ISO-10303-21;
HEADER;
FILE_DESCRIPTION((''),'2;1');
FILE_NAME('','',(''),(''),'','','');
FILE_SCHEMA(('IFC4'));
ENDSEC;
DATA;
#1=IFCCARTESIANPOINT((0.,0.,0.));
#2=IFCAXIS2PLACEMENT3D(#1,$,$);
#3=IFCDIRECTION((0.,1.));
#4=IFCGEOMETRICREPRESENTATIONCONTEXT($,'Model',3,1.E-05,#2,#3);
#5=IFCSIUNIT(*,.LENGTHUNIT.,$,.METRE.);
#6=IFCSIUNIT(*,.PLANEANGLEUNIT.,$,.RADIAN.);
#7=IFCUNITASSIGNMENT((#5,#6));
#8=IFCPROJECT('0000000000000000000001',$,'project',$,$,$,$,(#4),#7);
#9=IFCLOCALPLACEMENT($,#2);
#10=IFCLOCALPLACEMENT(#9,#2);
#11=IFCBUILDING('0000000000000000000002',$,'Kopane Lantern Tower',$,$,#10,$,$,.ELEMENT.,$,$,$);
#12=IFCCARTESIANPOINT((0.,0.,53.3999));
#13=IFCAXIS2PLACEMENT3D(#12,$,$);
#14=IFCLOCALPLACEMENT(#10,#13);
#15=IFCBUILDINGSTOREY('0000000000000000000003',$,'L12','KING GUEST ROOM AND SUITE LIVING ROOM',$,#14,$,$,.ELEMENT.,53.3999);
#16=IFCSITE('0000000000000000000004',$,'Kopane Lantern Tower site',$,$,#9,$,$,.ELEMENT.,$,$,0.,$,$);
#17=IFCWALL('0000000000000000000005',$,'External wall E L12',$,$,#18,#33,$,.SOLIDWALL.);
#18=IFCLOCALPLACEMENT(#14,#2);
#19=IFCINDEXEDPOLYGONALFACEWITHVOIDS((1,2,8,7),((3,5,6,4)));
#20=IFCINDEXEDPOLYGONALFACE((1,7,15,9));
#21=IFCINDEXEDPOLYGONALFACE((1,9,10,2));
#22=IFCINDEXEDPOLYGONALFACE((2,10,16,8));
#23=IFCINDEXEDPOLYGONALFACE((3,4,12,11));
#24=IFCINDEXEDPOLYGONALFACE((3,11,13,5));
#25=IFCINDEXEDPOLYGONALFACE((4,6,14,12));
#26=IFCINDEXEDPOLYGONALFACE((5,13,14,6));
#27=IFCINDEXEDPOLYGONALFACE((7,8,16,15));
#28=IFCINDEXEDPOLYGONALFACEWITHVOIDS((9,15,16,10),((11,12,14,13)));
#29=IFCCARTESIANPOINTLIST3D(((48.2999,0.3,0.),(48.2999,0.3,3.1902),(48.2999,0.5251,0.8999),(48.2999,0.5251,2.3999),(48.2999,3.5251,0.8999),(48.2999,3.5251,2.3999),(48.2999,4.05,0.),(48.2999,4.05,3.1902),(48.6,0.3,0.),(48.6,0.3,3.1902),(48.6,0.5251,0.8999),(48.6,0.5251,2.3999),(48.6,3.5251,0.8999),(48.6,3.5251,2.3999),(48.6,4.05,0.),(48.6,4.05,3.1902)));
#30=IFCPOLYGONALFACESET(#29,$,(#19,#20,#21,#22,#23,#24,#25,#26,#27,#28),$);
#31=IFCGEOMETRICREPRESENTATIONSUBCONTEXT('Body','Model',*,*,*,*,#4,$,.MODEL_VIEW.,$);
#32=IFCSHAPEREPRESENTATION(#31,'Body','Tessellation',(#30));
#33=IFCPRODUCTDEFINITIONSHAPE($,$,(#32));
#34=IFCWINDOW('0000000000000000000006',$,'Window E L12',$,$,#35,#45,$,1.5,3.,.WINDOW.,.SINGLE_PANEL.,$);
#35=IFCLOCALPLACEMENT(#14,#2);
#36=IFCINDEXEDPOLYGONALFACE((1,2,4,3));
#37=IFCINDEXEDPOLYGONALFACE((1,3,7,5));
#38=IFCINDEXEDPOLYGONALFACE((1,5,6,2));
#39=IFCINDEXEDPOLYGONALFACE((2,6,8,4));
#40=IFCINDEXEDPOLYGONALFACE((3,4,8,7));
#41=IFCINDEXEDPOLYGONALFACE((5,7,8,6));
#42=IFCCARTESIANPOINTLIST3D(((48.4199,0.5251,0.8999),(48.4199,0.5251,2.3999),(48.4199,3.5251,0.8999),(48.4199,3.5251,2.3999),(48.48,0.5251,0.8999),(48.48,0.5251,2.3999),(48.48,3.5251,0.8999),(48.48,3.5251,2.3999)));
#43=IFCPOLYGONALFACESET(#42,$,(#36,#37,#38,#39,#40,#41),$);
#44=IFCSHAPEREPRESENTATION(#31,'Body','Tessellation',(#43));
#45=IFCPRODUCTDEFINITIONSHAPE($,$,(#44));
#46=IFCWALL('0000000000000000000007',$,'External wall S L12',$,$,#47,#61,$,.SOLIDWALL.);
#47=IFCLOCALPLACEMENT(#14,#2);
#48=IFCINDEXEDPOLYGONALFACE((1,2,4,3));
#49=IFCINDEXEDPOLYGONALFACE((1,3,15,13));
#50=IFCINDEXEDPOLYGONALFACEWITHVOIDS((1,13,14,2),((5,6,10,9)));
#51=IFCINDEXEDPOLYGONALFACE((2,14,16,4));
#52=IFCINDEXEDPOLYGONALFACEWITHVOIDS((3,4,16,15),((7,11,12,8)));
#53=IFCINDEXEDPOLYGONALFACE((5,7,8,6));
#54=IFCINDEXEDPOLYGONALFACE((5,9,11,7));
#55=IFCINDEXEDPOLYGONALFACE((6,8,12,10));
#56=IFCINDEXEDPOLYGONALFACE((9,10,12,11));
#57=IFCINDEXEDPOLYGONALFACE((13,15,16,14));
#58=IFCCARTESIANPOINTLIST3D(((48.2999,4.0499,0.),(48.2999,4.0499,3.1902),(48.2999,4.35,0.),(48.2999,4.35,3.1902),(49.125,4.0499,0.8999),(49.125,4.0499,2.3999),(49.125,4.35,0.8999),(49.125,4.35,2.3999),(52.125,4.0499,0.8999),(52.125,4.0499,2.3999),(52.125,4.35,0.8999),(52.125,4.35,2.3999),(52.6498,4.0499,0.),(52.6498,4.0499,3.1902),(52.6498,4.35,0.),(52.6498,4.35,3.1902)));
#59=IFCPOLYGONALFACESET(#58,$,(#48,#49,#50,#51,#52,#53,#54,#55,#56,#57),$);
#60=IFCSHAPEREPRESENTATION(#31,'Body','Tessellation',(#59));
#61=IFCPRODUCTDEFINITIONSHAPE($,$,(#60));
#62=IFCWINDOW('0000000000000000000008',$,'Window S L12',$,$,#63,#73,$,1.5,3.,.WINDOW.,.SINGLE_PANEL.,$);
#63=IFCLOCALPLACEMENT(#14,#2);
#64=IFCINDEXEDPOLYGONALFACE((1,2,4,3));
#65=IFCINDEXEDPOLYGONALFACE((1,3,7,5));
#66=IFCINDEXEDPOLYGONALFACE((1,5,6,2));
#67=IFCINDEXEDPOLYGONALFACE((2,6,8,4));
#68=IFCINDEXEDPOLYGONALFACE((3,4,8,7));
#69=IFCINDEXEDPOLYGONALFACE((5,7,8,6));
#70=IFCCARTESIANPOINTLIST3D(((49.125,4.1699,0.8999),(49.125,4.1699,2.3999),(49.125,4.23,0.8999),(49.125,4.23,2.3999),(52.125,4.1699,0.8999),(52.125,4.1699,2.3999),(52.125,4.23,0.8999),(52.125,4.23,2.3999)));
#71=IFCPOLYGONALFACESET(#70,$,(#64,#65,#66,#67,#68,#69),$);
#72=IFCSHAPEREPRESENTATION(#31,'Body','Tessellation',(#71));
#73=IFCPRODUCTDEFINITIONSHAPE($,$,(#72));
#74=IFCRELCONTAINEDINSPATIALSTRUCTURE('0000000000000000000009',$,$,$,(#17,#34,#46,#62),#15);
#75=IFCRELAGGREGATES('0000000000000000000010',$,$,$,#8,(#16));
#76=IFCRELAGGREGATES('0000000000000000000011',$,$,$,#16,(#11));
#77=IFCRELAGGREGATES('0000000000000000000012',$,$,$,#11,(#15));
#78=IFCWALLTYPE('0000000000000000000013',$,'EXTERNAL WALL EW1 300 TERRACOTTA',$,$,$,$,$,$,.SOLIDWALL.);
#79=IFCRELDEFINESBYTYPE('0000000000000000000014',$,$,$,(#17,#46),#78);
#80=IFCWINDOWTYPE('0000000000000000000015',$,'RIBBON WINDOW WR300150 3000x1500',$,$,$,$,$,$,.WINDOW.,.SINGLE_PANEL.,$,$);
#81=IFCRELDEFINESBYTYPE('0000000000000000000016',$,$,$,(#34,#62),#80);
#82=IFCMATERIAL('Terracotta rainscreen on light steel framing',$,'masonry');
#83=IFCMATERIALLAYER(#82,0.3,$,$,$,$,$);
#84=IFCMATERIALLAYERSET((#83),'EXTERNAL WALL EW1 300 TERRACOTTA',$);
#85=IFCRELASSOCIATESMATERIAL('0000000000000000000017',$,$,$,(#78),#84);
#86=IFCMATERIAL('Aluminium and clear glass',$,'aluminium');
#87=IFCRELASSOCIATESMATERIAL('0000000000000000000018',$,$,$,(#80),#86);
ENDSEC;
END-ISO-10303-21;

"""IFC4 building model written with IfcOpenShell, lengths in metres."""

from ifc_helpers import new_model, si_unit, direction, frame, frame_2d, origin, place, context, subcontext, project, spatial, rectangle, extrude, material, layer, layer_set, type_object, element, fill, save


model = new_model("IFC4")

# Units and contexts
model_context = context("Model", 3, precision=1e-05, world=origin(), true_north=direction((0.0, 1.0)))
body_context = subcontext(model_context, "Body", "Model", "MODEL_VIEW")
ifc_project = project(units=[si_unit("LENGTHUNIT", "METRE"), si_unit("PLANEANGLEUNIT", "RADIAN")], contexts=[model_context])

# Site, building, storey
site_placement = place(None, origin())
site = spatial("IfcSite", under=ifc_project, at=site_placement, Name="Kopane Lantern Tower site", CompositionType="ELEMENT", RefElevation=0.0)
building_placement = place(site_placement, origin())
building = spatial("IfcBuilding", under=site, at=building_placement, Name="Kopane Lantern Tower", CompositionType="ELEMENT")
storey_placement = place(building_placement, frame((0.0, 0.0, 53.3999)))
storey = spatial("IfcBuildingStorey", under=building, at=storey_placement, Name="L12", Description="KING GUEST ROOM AND SUITE LIVING ROOM", CompositionType="ELEMENT", Elevation=53.3999)

# Walls, openings, windows
ifc_material_1 = material(Name="Terracotta rainscreen on light steel framing", Category="masonry")
ifc_layer_1 = layer(ifc_material_1, 0.3)
ifc_layer_set_1 = layer_set([ifc_layer_1], Name="EXTERNAL WALL EW1 300 TERRACOTTA")
wall_type_1 = type_object("IfcWallType", Name="EXTERNAL WALL EW1 300 TERRACOTTA", PredefinedType="SOLIDWALL", material=ifc_layer_set_1)
wall_1_placement = place(storey_placement, frame((48.45, 0.3, 0.0), z_axis=(0.0, 0.0, 1.0), x_axis=(0.0, 1.0, 0.0)))
wall_1 = element("IfcWall", 1, at=wall_1_placement, inside=storey, type_object=wall_type_1, Name="External wall E L12", PredefinedType="SOLIDWALL", context=body_context, shape_type="SweptSolid", body=[
    extrude(rectangle(XDim=3.75, YDim=0.3, at=frame_2d((1.875, 0.0))), origin(), (0.0, 0.0, 1.0), 3.1902),
])
opening_1_placement = place(wall_1_placement, frame((0.2251, 0.0, 0.8999)))
opening_1 = element("IfcOpeningElement", 2, at=opening_1_placement, cuts=wall_1, PredefinedType="OPENING", context=body_context, shape_type="SweptSolid", body=[
    extrude(rectangle(XDim=3.0, YDim=1.5, at=frame_2d((1.5, 0.75))), frame((0.0, 0.1599, 0.0), z_axis=(0.0, -1.0, 0.0), x_axis=(1.0, 0.0, 0.0)), (0.0, 0.0, 1.0), 0.3201),
])
ifc_material_2 = material(Name="Aluminium and clear glass", Category="aluminium")
window_type = type_object("IfcWindowType", Name="RIBBON WINDOW WR300150 3000x1500", PartitioningType="SINGLE_PANEL", PredefinedType="WINDOW", material=ifc_material_2)
window_1_placement = place(opening_1_placement, origin())
window_1 = element("IfcWindow", 3, at=window_1_placement, inside=storey, type_object=window_type, Name="Window E L12", OverallHeight=1.5, OverallWidth=3.0, PartitioningType="SINGLE_PANEL", PredefinedType="WINDOW", context=body_context, shape_type="SweptSolid", body=[
    extrude(rectangle(XDim=3.0, YDim=1.5, at=frame_2d((1.5, 0.75))), frame((0.0, 0.03, 0.0), z_axis=(0.0, -1.0, 0.0), x_axis=(1.0, 0.0, 0.0)), (0.0, 0.0, 1.0), 0.0601),
])
fill(opening_1, window_1)
wall_2_placement = place(storey_placement, frame((48.3, 4.2, 0.0), z_axis=(0.0, 0.0, 1.0), x_axis=(1.0, 0.0, 0.0)))
wall_2 = element("IfcWall", 4, at=wall_2_placement, inside=storey, type_object=wall_type_1, Name="External wall S L12", PredefinedType="SOLIDWALL", context=body_context, shape_type="SweptSolid", body=[
    extrude(rectangle(XDim=4.3499, YDim=0.3, at=frame_2d((2.1748, 0.0))), origin(), (0.0, 0.0, 1.0), 3.1902),
])
opening_2_placement = place(wall_2_placement, frame((0.825, 0.0, 0.8999)))
opening_2 = element("IfcOpeningElement", 5, at=opening_2_placement, cuts=wall_2, PredefinedType="OPENING", context=body_context, shape_type="SweptSolid", body=[
    extrude(rectangle(XDim=3.0, YDim=1.5, at=frame_2d((1.5, 0.75))), frame((0.0, 0.1599, 0.0), z_axis=(0.0, -1.0, 0.0), x_axis=(1.0, 0.0, 0.0)), (0.0, 0.0, 1.0), 0.3201),
])
window_2_placement = place(opening_2_placement, origin())
window_2 = element("IfcWindow", 6, at=window_2_placement, inside=storey, type_object=window_type, Name="Window S L12", OverallHeight=1.5, OverallWidth=3.0, PartitioningType="SINGLE_PANEL", PredefinedType="WINDOW", context=body_context, shape_type="SweptSolid", body=[
    extrude(rectangle(XDim=3.0, YDim=1.5, at=frame_2d((1.5, 0.75))), frame((0.0, 0.03, 0.0), z_axis=(0.0, -1.0, 0.0), x_axis=(1.0, 0.0, 0.0)), (0.0, 0.0, 1.0), 0.0601),
])
fill(opening_2, window_2)

save(model, "model.ifc")
